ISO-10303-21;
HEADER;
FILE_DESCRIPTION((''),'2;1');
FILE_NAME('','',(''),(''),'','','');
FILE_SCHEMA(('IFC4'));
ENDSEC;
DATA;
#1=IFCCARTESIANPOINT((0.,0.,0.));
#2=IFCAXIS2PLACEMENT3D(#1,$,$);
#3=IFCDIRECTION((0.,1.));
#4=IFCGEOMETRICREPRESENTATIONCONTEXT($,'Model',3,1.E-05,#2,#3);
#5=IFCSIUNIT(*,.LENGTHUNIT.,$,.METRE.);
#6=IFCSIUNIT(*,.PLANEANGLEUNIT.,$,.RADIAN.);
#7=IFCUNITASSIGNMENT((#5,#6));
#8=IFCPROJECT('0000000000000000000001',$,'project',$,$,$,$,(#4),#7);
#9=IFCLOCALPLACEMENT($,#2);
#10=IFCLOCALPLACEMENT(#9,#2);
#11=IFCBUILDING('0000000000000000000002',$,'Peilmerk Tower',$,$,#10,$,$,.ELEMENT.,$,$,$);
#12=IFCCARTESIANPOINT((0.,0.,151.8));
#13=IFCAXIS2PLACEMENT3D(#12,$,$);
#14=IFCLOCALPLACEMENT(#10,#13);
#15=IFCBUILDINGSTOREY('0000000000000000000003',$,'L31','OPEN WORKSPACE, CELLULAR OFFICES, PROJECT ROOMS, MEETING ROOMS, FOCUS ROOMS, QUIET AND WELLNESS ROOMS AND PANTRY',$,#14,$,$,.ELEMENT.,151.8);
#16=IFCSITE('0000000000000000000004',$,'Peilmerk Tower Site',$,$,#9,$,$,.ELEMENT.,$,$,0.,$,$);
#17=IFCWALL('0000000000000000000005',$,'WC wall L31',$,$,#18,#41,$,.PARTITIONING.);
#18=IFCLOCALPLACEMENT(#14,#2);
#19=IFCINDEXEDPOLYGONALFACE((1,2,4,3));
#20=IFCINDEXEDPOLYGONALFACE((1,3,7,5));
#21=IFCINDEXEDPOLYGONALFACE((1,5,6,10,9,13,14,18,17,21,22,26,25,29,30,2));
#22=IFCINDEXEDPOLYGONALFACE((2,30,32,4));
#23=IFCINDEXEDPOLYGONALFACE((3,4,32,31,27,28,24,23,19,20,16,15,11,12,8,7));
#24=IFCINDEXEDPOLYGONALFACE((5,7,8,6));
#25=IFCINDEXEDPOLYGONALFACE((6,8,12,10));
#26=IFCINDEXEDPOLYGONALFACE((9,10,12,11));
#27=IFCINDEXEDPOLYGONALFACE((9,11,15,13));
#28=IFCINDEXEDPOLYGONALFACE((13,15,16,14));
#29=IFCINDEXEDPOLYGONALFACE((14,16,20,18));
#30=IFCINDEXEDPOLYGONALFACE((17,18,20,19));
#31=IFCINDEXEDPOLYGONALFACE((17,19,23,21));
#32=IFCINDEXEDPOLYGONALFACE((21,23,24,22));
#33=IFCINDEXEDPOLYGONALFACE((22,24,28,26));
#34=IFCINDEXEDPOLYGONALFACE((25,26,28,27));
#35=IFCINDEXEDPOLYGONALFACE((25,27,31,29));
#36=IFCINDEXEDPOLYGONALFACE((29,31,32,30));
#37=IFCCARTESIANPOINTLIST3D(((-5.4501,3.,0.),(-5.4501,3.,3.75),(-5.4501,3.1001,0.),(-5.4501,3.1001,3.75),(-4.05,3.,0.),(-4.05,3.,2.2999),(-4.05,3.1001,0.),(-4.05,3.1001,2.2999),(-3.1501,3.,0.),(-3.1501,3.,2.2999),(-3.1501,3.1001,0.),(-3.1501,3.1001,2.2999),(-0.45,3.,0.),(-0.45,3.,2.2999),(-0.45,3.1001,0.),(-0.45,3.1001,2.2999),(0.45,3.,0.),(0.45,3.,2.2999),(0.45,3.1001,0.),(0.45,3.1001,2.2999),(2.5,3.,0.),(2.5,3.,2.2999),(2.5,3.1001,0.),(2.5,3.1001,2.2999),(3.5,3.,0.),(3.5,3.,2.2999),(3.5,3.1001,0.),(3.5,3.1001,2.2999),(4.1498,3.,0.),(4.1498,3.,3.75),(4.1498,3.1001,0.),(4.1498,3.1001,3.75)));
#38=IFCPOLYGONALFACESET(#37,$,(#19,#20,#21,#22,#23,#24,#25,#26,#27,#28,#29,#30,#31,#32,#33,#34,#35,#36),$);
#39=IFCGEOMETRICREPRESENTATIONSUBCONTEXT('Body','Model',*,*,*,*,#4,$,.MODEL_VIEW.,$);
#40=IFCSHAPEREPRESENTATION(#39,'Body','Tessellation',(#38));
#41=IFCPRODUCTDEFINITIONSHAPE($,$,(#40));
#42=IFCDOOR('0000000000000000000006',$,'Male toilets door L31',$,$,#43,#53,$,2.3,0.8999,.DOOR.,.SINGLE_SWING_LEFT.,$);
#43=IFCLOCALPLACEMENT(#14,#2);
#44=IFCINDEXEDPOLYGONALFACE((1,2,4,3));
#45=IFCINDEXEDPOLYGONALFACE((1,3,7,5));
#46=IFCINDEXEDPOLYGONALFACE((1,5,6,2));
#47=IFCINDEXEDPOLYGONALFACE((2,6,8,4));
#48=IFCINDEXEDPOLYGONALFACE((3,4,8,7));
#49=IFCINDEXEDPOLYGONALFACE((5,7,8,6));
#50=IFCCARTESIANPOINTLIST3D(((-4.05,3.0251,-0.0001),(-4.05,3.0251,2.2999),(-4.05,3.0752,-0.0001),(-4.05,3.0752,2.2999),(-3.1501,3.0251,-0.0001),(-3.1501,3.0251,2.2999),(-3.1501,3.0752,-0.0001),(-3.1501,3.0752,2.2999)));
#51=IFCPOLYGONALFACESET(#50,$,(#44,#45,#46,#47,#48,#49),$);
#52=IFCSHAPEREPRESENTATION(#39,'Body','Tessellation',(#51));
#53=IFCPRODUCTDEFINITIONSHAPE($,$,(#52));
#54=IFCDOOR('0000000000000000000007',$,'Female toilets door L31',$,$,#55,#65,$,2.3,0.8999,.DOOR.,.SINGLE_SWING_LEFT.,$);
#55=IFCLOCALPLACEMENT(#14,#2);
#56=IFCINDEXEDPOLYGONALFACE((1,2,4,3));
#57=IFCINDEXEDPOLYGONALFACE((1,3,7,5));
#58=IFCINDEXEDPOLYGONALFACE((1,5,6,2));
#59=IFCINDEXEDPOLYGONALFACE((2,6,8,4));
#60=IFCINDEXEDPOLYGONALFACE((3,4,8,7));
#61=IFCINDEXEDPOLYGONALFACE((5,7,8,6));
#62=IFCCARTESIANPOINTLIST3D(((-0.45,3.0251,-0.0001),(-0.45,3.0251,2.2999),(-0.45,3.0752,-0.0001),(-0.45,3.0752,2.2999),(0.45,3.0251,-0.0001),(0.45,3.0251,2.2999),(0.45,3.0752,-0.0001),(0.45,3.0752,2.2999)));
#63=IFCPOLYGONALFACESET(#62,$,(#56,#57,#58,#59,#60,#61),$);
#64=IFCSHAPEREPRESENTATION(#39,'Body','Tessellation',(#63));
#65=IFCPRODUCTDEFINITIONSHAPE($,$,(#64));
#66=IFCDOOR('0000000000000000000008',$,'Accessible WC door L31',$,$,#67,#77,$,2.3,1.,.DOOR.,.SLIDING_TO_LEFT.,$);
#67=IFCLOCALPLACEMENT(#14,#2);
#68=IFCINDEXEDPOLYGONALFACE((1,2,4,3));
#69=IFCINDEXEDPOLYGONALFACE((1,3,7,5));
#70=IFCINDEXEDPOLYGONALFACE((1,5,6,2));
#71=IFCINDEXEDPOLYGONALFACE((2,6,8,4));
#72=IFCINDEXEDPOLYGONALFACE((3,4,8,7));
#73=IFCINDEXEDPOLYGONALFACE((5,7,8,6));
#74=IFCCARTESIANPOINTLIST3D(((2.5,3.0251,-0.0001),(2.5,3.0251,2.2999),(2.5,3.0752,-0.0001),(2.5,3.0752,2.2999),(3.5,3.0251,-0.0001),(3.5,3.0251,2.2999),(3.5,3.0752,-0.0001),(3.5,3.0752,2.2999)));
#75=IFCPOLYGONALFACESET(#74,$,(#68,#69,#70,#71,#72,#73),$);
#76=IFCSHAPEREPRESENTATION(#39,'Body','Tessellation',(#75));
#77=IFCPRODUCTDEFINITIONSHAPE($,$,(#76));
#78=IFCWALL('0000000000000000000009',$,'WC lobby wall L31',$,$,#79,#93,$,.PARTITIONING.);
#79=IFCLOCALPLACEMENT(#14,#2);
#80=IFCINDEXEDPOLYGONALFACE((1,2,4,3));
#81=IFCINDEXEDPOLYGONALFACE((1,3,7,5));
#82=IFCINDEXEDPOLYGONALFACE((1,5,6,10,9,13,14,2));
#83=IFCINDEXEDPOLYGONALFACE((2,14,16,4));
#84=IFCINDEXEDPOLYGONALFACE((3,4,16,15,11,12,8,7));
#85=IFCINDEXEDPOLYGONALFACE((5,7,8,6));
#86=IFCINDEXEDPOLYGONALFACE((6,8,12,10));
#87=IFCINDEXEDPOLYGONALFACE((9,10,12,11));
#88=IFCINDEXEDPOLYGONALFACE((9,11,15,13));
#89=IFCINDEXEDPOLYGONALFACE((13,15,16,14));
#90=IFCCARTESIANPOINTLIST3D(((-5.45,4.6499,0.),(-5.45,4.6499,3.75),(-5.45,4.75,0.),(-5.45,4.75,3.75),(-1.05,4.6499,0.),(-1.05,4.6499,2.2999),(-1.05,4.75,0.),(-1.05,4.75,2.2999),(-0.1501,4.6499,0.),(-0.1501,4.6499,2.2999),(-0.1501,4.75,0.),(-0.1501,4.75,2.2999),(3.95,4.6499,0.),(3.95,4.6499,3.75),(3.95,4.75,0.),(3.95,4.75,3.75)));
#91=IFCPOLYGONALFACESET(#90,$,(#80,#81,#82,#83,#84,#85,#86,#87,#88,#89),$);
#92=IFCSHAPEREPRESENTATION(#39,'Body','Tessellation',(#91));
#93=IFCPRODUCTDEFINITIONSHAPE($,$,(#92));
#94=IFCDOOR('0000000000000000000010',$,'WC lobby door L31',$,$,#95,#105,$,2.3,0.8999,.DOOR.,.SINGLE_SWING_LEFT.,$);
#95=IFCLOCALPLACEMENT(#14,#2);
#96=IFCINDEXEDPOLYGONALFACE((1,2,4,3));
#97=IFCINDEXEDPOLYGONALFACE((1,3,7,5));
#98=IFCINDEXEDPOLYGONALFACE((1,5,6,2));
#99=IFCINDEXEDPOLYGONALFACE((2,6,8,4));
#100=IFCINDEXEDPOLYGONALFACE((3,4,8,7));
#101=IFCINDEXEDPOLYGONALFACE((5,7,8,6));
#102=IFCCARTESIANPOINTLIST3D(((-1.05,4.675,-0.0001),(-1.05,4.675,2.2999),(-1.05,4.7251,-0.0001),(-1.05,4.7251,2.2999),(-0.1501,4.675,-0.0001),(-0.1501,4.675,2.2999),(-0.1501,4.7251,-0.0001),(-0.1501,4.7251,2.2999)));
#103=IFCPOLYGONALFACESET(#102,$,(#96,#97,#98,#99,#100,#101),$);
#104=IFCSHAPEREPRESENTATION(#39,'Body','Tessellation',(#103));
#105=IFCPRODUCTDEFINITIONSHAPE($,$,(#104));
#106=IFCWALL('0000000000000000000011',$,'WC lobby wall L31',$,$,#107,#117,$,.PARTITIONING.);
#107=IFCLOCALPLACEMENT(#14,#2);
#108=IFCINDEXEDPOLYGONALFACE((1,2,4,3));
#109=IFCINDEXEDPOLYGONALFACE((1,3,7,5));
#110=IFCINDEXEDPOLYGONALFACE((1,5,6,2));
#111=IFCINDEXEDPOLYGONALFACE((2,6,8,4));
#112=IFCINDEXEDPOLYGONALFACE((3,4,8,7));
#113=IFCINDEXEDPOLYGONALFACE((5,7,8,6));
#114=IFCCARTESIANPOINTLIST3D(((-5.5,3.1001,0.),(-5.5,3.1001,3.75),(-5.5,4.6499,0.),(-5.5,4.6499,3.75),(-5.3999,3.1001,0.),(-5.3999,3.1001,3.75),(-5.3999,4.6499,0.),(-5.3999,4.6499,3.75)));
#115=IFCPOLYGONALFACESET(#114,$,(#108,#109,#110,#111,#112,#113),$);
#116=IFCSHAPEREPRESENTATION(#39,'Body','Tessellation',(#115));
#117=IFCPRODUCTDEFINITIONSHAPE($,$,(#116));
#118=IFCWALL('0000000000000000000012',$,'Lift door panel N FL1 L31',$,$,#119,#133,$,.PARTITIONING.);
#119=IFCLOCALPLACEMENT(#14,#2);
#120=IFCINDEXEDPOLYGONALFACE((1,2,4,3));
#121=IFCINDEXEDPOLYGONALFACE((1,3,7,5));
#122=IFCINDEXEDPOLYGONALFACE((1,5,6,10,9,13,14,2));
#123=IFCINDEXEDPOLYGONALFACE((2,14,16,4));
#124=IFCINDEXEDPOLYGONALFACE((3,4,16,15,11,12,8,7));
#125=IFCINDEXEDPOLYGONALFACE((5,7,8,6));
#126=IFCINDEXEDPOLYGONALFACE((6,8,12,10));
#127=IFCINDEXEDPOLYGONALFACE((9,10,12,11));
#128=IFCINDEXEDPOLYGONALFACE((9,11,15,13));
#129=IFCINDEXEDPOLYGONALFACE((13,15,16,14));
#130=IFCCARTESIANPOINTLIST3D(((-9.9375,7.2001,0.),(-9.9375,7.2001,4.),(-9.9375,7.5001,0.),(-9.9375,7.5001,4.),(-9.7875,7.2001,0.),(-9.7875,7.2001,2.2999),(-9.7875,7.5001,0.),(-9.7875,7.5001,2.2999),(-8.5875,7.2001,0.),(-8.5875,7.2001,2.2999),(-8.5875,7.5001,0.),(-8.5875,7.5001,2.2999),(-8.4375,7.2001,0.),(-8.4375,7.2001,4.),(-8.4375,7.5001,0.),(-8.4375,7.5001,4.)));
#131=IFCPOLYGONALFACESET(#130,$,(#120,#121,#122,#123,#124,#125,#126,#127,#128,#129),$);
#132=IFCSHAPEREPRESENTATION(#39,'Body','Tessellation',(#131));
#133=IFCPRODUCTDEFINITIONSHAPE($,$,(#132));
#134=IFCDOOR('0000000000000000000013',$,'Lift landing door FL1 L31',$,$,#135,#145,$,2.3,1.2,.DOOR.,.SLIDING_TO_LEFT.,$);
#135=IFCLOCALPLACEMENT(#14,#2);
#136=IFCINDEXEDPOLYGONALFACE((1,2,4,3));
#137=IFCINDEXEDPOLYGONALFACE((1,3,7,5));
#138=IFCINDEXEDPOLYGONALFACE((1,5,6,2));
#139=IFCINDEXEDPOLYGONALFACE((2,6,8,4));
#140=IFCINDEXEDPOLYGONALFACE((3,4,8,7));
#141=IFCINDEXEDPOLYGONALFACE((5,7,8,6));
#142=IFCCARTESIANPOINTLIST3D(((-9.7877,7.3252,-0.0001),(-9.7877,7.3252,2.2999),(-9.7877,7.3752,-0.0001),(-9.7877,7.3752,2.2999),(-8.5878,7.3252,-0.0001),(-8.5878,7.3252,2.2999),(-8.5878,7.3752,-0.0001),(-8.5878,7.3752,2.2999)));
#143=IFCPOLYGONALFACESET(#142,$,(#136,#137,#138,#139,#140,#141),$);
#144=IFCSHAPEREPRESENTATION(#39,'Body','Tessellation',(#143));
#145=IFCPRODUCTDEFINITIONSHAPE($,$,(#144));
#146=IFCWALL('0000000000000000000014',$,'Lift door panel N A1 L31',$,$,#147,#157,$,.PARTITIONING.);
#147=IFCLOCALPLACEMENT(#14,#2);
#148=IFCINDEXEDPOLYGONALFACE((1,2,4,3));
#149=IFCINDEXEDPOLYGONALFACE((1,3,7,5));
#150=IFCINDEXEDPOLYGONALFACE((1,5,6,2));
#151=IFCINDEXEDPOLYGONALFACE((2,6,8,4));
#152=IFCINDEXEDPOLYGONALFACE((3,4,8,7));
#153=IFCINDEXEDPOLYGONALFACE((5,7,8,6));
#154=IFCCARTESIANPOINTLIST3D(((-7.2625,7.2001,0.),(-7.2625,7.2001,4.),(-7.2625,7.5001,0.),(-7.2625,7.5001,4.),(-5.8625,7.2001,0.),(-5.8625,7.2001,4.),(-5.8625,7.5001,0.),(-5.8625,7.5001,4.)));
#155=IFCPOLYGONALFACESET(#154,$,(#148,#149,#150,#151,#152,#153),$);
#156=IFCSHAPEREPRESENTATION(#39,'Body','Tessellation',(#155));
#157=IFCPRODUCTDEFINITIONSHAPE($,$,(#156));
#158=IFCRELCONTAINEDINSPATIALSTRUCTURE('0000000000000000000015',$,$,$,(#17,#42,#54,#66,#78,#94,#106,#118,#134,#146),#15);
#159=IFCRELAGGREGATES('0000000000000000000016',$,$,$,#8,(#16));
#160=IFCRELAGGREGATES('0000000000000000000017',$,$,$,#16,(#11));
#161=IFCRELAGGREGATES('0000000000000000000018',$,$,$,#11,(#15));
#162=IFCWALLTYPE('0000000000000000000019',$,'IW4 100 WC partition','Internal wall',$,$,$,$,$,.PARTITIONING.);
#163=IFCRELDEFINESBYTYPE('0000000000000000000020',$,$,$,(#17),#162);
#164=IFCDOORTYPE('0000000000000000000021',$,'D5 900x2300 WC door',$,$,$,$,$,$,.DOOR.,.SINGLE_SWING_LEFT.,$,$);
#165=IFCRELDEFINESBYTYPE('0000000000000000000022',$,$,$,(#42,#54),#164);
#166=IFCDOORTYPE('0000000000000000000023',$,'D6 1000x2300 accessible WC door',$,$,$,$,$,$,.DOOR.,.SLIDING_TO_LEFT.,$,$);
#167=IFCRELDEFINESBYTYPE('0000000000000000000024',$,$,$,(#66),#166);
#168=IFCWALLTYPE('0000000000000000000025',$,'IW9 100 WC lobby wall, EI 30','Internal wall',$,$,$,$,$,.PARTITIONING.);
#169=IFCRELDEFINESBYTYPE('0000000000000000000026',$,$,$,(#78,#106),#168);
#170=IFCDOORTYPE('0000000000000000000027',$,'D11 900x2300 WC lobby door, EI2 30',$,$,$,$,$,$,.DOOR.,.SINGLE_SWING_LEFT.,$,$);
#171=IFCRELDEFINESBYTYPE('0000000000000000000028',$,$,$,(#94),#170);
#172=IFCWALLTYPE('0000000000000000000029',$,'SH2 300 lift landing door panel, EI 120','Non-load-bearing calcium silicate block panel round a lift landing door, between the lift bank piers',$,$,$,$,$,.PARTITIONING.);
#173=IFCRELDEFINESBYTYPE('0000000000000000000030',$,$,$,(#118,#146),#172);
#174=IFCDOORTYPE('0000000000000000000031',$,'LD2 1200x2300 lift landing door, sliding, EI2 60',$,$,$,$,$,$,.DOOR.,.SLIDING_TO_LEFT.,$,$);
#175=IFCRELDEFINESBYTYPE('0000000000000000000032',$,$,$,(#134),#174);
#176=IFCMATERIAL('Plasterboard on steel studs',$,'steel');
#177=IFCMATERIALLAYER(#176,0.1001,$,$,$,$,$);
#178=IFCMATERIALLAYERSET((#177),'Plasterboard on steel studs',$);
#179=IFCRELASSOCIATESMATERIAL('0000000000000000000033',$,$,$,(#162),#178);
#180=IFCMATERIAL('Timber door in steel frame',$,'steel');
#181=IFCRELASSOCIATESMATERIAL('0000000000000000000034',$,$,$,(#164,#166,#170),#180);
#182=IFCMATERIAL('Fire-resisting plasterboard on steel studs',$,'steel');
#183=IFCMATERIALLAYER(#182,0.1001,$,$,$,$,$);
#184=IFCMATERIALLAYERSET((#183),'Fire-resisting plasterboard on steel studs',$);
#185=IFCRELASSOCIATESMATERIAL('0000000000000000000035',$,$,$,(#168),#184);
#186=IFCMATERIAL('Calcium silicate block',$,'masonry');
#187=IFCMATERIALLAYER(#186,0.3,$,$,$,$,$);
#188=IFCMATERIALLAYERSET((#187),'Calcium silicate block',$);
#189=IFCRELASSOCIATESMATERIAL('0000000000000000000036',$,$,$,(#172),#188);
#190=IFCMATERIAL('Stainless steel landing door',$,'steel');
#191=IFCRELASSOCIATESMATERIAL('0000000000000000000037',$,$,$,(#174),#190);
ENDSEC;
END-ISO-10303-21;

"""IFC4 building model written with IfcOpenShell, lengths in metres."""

from ifc_helpers import new_model, si_unit, direction, frame, frame_2d, origin, place, context, subcontext, project, spatial, rectangle, extrude, material, layer, layer_set, type_object, element, fill, save


model = new_model("IFC4")

# Units and contexts
model_context = context("Model", 3, precision=1e-05, world=origin(), true_north=direction((0.0, 1.0)))
body_context = subcontext(model_context, "Body", "Model", "MODEL_VIEW")
ifc_project = project(units=[si_unit("LENGTHUNIT", "METRE"), si_unit("PLANEANGLEUNIT", "RADIAN")], contexts=[model_context])

# Site, building, storey
site_placement = place(None, origin())
site = spatial("IfcSite", under=ifc_project, at=site_placement, Name="Peilmerk Tower Site", CompositionType="ELEMENT", RefElevation=0.0)
building_placement = place(site_placement, origin())
building = spatial("IfcBuilding", under=site, at=building_placement, Name="Peilmerk Tower", CompositionType="ELEMENT")
storey_placement = place(building_placement, frame((0.0, 0.0, 151.8)))
storey = spatial("IfcBuildingStorey", under=building, at=storey_placement, Name="L31", Description="OPEN WORKSPACE, CELLULAR OFFICES, PROJECT ROOMS, MEETING ROOMS, FOCUS ROOMS, QUIET AND WELLNESS ROOMS AND PANTRY", CompositionType="ELEMENT", Elevation=151.8)

# Wall, openings, doors
ifc_material_1 = material(Name="Plasterboard on steel studs", Category="steel")
ifc_layer_1 = layer(ifc_material_1, 0.1001)
ifc_layer_set_1 = layer_set([ifc_layer_1], Name="Plasterboard on steel studs")
wall_type_1 = type_object("IfcWallType", Name="IW4 100 WC partition", Description="Internal wall", PredefinedType="PARTITIONING", material=ifc_layer_set_1)
wall_1_placement = place(storey_placement, frame((-5.45, 3.05, 0.0), z_axis=(0.0, 0.0, 1.0), x_axis=(1.0, 0.0, 0.0)))
wall_1 = element("IfcWall", 1, at=wall_1_placement, inside=storey, type_object=wall_type_1, Name="WC wall L31", PredefinedType="PARTITIONING", context=body_context, shape_type="SweptSolid", body=[
    extrude(rectangle(XDim=9.5999, YDim=0.1001, at=frame_2d((4.7998, 0.0))), origin(), (0.0, 0.0, 1.0), 3.75),
])
opening_1_placement = place(wall_1_placement, frame((1.3999, 0.0, 0.0)))
opening_1 = element("IfcOpeningElement", 2, at=opening_1_placement, cuts=wall_1, PredefinedType="OPENING", context=body_context, shape_type="SweptSolid", body=[
    extrude(rectangle(XDim=0.8999, YDim=2.3, at=frame_2d((0.45, 1.1499))), frame((0.0, 0.0601, 0.0), z_axis=(0.0, -1.0, 0.0), x_axis=(1.0, 0.0, 0.0)), (0.0, 0.0, 1.0), 0.1201),
])
opening_2_placement = place(wall_1_placement, frame((5.0, 0.0, 0.0)))
opening_2 = element("IfcOpeningElement", 3, at=opening_2_placement, cuts=wall_1, PredefinedType="OPENING", context=body_context, shape_type="SweptSolid", body=[
    extrude(rectangle(XDim=0.8999, YDim=2.3, at=frame_2d((0.45, 1.1499))), frame((0.0, 0.0601, 0.0), z_axis=(0.0, -1.0, 0.0), x_axis=(1.0, 0.0, 0.0)), (0.0, 0.0, 1.0), 0.1201),
])
opening_3_placement = place(wall_1_placement, frame((7.95, 0.0, 0.0)))
opening_3 = element("IfcOpeningElement", 4, at=opening_3_placement, cuts=wall_1, PredefinedType="OPENING", context=body_context, shape_type="SweptSolid", body=[
    extrude(rectangle(XDim=1.0, YDim=2.3, at=frame_2d((0.5, 1.1499))), frame((0.0, 0.0601, 0.0), z_axis=(0.0, -1.0, 0.0), x_axis=(1.0, 0.0, 0.0)), (0.0, 0.0, 1.0), 0.1201),
])
ifc_material_2 = material(Name="Timber door in steel frame", Category="steel")
door_type_1 = type_object("IfcDoorType", Name="D5 900x2300 WC door", OperationType="SINGLE_SWING_LEFT", PredefinedType="DOOR", material=ifc_material_2)
door_1_placement = place(opening_1_placement, frame((0.8999, 0.0, 0.0), z_axis=(0.0, 0.0, 1.0), x_axis=(-1.0, 0.0, 0.0)))
door_1 = element("IfcDoor", 5, at=door_1_placement, inside=storey, type_object=door_type_1, Name="Male toilets door L31", OperationType="SINGLE_SWING_LEFT", OverallHeight=2.3, OverallWidth=0.8999, PredefinedType="DOOR", context=body_context, shape_type="SweptSolid", body=[
    extrude(rectangle(XDim=0.8999, YDim=2.3, at=frame_2d((0.45, 1.1499))), frame((0.0, 0.0249, 0.0), z_axis=(0.0, -1.0, 0.0), x_axis=(1.0, 0.0, 0.0)), (0.0, 0.0, 1.0), 0.05),
])
fill(opening_1, door_1)
door_2_placement = place(opening_2_placement, frame((0.8999, 0.0, 0.0), z_axis=(0.0, 0.0, 1.0), x_axis=(-1.0, 0.0, 0.0)))
door_2 = element("IfcDoor", 6, at=door_2_placement, inside=storey, type_object=door_type_1, Name="Female toilets door L31", OperationType="SINGLE_SWING_LEFT", OverallHeight=2.3, OverallWidth=0.8999, PredefinedType="DOOR", context=body_context, shape_type="SweptSolid", body=[
    extrude(rectangle(XDim=0.8999, YDim=2.3, at=frame_2d((0.45, 1.1499))), frame((0.0, 0.0249, 0.0), z_axis=(0.0, -1.0, 0.0), x_axis=(1.0, 0.0, 0.0)), (0.0, 0.0, 1.0), 0.05),
])
fill(opening_2, door_2)
door_type_2 = type_object("IfcDoorType", Name="D6 1000x2300 accessible WC door", OperationType="SLIDING_TO_LEFT", PredefinedType="DOOR", material=ifc_material_2)
door_3_placement = place(opening_3_placement, frame((1.0, 0.0, 0.0), z_axis=(0.0, 0.0, 1.0), x_axis=(-1.0, 0.0, 0.0)))
door_3 = element("IfcDoor", 7, at=door_3_placement, inside=storey, type_object=door_type_2, Name="Accessible WC door L31", OperationType="SLIDING_TO_LEFT", OverallHeight=2.3, OverallWidth=1.0, PredefinedType="DOOR", context=body_context, shape_type="SweptSolid", body=[
    extrude(rectangle(XDim=1.0, YDim=2.3, at=frame_2d((0.5, 1.1499))), frame((0.0, 0.0249, 0.0), z_axis=(0.0, -1.0, 0.0), x_axis=(1.0, 0.0, 0.0)), (0.0, 0.0, 1.0), 0.05),
])
fill(opening_3, door_3)

# Wall, opening, door
ifc_material_3 = material(Name="Fire-resisting plasterboard on steel studs", Category="steel")
ifc_layer_2 = layer(ifc_material_3, 0.1001)
ifc_layer_set_2 = layer_set([ifc_layer_2], Name="Fire-resisting plasterboard on steel studs")
wall_type_2 = type_object("IfcWallType", Name="IW9 100 WC lobby wall, EI 30", Description="Internal wall", PredefinedType="PARTITIONING", material=ifc_layer_set_2)
wall_2_placement = place(storey_placement, frame((-5.45, 4.7, 0.0), z_axis=(0.0, 0.0, 1.0), x_axis=(1.0, 0.0, 0.0)))
wall_2 = element("IfcWall", 8, at=wall_2_placement, inside=storey, type_object=wall_type_2, Name="WC lobby wall L31", PredefinedType="PARTITIONING", context=body_context, shape_type="SweptSolid", body=[
    extrude(rectangle(XDim=9.3999, YDim=0.1001, at=frame_2d((4.7, 0.0))), origin(), (0.0, 0.0, 1.0), 3.75),
])
opening_4_placement = place(wall_2_placement, frame((4.3999, 0.0, 0.0)))
opening_4 = element("IfcOpeningElement", 9, at=opening_4_placement, cuts=wall_2, PredefinedType="OPENING", context=body_context, shape_type="SweptSolid", body=[
    extrude(rectangle(XDim=0.8999, YDim=2.3, at=frame_2d((0.45, 1.1499))), frame((0.0, 0.0601, 0.0), z_axis=(0.0, -1.0, 0.0), x_axis=(1.0, 0.0, 0.0)), (0.0, 0.0, 1.0), 0.1201),
])
door_type_3 = type_object("IfcDoorType", Name="D11 900x2300 WC lobby door, EI2 30", OperationType="SINGLE_SWING_LEFT", PredefinedType="DOOR", material=ifc_material_2)
door_4_placement = place(opening_4_placement, frame((0.8999, 0.0, 0.0), z_axis=(0.0, 0.0, 1.0), x_axis=(-1.0, 0.0, 0.0)))
door_4 = element("IfcDoor", 10, at=door_4_placement, inside=storey, type_object=door_type_3, Name="WC lobby door L31", OperationType="SINGLE_SWING_LEFT", OverallHeight=2.3, OverallWidth=0.8999, PredefinedType="DOOR", context=body_context, shape_type="SweptSolid", body=[
    extrude(rectangle(XDim=0.8999, YDim=2.3, at=frame_2d((0.45, 1.1499))), frame((0.0, 0.0249, 0.0), z_axis=(0.0, -1.0, 0.0), x_axis=(1.0, 0.0, 0.0)), (0.0, 0.0, 1.0), 0.05),
])
fill(opening_4, door_4)

# Wall
wall_3_placement = place(storey_placement, frame((-5.45, 3.1001, 0.0), z_axis=(0.0, 0.0, 1.0), x_axis=(0.0, 1.0, 0.0)))
element("IfcWall", 11, at=wall_3_placement, inside=storey, type_object=wall_type_2, Name="WC lobby wall L31", PredefinedType="PARTITIONING", context=body_context, shape_type="SweptSolid", body=[
    extrude(rectangle(XDim=1.5498, YDim=0.1001, at=frame_2d((0.7749, 0.0))), origin(), (0.0, 0.0, 1.0), 3.75),
])

# Wall, opening, door
ifc_material_4 = material(Name="Calcium silicate block", Category="masonry")
ifc_layer_3 = layer(ifc_material_4, 0.3)
ifc_layer_set_3 = layer_set([ifc_layer_3], Name="Calcium silicate block")
wall_type_3 = type_object("IfcWallType", Name="SH2 300 lift landing door panel, EI 120", Description="Non-load-bearing calcium silicate block panel round a lift landing door, between the lift bank piers", PredefinedType="PARTITIONING", material=ifc_layer_set_3)
wall_4_placement = place(storey_placement, frame((-9.9375, 7.3501, 0.0), z_axis=(0.0, 0.0, 1.0), x_axis=(1.0, 0.0, 0.0)))
wall_4 = element("IfcWall", 12, at=wall_4_placement, inside=storey, type_object=wall_type_3, Name="Lift door panel N FL1 L31", PredefinedType="PARTITIONING", context=body_context, shape_type="SweptSolid", body=[
    extrude(rectangle(XDim=1.5, YDim=0.3, at=frame_2d((0.75, 0.0))), origin(), (0.0, 0.0, 1.0), 4.0),
])
opening_5_placement = place(wall_4_placement, frame((0.1499, 0.0, 0.0)))
opening_5 = element("IfcOpeningElement", 13, at=opening_5_placement, cuts=wall_4, PredefinedType="OPENING", context=body_context, shape_type="SweptSolid", body=[
    extrude(rectangle(XDim=1.2, YDim=2.3, at=frame_2d((0.6001, 1.1499))), frame((0.0, 0.1599, 0.0), z_axis=(0.0, -1.0, 0.0), x_axis=(1.0, 0.0, 0.0)), (0.0, 0.0, 1.0), 0.3201),
])
ifc_material_5 = material(Name="Stainless steel landing door", Category="steel")
door_type_4 = type_object("IfcDoorType", Name="LD2 1200x2300 lift landing door, sliding, EI2 60", OperationType="SLIDING_TO_LEFT", PredefinedType="DOOR", material=ifc_material_5)
door_5_placement = place(opening_5_placement, frame((1.2, 0.0, 0.0), z_axis=(0.0, 0.0, 1.0), x_axis=(-1.0, 0.0, 0.0)))
door_5 = element("IfcDoor", 14, at=door_5_placement, inside=storey, type_object=door_type_4, Name="Lift landing door FL1 L31", OperationType="SLIDING_TO_LEFT", OverallHeight=2.3, OverallWidth=1.2, PredefinedType="DOOR", context=body_context, shape_type="SweptSolid", body=[
    extrude(rectangle(XDim=1.2, YDim=2.3, at=frame_2d((0.6001, 1.1499))), frame((0.0, 0.0249, 0.0), z_axis=(0.0, -1.0, 0.0), x_axis=(1.0, 0.0, 0.0)), (0.0, 0.0, 1.0), 0.05),
])
fill(opening_5, door_5)

# Wall
wall_5_placement = place(storey_placement, frame((-7.2625, 7.3501, 0.0), z_axis=(0.0, 0.0, 1.0), x_axis=(1.0, 0.0, 0.0)))
element("IfcWall", 15, at=wall_5_placement, inside=storey, type_object=wall_type_3, Name="Lift door panel N A1 L31", PredefinedType="PARTITIONING", context=body_context, shape_type="SweptSolid", body=[
    extrude(rectangle(XDim=1.3999, YDim=0.3, at=frame_2d((0.7, 0.0))), origin(), (0.0, 0.0, 1.0), 4.0),
])

save(model, "model.ifc")
